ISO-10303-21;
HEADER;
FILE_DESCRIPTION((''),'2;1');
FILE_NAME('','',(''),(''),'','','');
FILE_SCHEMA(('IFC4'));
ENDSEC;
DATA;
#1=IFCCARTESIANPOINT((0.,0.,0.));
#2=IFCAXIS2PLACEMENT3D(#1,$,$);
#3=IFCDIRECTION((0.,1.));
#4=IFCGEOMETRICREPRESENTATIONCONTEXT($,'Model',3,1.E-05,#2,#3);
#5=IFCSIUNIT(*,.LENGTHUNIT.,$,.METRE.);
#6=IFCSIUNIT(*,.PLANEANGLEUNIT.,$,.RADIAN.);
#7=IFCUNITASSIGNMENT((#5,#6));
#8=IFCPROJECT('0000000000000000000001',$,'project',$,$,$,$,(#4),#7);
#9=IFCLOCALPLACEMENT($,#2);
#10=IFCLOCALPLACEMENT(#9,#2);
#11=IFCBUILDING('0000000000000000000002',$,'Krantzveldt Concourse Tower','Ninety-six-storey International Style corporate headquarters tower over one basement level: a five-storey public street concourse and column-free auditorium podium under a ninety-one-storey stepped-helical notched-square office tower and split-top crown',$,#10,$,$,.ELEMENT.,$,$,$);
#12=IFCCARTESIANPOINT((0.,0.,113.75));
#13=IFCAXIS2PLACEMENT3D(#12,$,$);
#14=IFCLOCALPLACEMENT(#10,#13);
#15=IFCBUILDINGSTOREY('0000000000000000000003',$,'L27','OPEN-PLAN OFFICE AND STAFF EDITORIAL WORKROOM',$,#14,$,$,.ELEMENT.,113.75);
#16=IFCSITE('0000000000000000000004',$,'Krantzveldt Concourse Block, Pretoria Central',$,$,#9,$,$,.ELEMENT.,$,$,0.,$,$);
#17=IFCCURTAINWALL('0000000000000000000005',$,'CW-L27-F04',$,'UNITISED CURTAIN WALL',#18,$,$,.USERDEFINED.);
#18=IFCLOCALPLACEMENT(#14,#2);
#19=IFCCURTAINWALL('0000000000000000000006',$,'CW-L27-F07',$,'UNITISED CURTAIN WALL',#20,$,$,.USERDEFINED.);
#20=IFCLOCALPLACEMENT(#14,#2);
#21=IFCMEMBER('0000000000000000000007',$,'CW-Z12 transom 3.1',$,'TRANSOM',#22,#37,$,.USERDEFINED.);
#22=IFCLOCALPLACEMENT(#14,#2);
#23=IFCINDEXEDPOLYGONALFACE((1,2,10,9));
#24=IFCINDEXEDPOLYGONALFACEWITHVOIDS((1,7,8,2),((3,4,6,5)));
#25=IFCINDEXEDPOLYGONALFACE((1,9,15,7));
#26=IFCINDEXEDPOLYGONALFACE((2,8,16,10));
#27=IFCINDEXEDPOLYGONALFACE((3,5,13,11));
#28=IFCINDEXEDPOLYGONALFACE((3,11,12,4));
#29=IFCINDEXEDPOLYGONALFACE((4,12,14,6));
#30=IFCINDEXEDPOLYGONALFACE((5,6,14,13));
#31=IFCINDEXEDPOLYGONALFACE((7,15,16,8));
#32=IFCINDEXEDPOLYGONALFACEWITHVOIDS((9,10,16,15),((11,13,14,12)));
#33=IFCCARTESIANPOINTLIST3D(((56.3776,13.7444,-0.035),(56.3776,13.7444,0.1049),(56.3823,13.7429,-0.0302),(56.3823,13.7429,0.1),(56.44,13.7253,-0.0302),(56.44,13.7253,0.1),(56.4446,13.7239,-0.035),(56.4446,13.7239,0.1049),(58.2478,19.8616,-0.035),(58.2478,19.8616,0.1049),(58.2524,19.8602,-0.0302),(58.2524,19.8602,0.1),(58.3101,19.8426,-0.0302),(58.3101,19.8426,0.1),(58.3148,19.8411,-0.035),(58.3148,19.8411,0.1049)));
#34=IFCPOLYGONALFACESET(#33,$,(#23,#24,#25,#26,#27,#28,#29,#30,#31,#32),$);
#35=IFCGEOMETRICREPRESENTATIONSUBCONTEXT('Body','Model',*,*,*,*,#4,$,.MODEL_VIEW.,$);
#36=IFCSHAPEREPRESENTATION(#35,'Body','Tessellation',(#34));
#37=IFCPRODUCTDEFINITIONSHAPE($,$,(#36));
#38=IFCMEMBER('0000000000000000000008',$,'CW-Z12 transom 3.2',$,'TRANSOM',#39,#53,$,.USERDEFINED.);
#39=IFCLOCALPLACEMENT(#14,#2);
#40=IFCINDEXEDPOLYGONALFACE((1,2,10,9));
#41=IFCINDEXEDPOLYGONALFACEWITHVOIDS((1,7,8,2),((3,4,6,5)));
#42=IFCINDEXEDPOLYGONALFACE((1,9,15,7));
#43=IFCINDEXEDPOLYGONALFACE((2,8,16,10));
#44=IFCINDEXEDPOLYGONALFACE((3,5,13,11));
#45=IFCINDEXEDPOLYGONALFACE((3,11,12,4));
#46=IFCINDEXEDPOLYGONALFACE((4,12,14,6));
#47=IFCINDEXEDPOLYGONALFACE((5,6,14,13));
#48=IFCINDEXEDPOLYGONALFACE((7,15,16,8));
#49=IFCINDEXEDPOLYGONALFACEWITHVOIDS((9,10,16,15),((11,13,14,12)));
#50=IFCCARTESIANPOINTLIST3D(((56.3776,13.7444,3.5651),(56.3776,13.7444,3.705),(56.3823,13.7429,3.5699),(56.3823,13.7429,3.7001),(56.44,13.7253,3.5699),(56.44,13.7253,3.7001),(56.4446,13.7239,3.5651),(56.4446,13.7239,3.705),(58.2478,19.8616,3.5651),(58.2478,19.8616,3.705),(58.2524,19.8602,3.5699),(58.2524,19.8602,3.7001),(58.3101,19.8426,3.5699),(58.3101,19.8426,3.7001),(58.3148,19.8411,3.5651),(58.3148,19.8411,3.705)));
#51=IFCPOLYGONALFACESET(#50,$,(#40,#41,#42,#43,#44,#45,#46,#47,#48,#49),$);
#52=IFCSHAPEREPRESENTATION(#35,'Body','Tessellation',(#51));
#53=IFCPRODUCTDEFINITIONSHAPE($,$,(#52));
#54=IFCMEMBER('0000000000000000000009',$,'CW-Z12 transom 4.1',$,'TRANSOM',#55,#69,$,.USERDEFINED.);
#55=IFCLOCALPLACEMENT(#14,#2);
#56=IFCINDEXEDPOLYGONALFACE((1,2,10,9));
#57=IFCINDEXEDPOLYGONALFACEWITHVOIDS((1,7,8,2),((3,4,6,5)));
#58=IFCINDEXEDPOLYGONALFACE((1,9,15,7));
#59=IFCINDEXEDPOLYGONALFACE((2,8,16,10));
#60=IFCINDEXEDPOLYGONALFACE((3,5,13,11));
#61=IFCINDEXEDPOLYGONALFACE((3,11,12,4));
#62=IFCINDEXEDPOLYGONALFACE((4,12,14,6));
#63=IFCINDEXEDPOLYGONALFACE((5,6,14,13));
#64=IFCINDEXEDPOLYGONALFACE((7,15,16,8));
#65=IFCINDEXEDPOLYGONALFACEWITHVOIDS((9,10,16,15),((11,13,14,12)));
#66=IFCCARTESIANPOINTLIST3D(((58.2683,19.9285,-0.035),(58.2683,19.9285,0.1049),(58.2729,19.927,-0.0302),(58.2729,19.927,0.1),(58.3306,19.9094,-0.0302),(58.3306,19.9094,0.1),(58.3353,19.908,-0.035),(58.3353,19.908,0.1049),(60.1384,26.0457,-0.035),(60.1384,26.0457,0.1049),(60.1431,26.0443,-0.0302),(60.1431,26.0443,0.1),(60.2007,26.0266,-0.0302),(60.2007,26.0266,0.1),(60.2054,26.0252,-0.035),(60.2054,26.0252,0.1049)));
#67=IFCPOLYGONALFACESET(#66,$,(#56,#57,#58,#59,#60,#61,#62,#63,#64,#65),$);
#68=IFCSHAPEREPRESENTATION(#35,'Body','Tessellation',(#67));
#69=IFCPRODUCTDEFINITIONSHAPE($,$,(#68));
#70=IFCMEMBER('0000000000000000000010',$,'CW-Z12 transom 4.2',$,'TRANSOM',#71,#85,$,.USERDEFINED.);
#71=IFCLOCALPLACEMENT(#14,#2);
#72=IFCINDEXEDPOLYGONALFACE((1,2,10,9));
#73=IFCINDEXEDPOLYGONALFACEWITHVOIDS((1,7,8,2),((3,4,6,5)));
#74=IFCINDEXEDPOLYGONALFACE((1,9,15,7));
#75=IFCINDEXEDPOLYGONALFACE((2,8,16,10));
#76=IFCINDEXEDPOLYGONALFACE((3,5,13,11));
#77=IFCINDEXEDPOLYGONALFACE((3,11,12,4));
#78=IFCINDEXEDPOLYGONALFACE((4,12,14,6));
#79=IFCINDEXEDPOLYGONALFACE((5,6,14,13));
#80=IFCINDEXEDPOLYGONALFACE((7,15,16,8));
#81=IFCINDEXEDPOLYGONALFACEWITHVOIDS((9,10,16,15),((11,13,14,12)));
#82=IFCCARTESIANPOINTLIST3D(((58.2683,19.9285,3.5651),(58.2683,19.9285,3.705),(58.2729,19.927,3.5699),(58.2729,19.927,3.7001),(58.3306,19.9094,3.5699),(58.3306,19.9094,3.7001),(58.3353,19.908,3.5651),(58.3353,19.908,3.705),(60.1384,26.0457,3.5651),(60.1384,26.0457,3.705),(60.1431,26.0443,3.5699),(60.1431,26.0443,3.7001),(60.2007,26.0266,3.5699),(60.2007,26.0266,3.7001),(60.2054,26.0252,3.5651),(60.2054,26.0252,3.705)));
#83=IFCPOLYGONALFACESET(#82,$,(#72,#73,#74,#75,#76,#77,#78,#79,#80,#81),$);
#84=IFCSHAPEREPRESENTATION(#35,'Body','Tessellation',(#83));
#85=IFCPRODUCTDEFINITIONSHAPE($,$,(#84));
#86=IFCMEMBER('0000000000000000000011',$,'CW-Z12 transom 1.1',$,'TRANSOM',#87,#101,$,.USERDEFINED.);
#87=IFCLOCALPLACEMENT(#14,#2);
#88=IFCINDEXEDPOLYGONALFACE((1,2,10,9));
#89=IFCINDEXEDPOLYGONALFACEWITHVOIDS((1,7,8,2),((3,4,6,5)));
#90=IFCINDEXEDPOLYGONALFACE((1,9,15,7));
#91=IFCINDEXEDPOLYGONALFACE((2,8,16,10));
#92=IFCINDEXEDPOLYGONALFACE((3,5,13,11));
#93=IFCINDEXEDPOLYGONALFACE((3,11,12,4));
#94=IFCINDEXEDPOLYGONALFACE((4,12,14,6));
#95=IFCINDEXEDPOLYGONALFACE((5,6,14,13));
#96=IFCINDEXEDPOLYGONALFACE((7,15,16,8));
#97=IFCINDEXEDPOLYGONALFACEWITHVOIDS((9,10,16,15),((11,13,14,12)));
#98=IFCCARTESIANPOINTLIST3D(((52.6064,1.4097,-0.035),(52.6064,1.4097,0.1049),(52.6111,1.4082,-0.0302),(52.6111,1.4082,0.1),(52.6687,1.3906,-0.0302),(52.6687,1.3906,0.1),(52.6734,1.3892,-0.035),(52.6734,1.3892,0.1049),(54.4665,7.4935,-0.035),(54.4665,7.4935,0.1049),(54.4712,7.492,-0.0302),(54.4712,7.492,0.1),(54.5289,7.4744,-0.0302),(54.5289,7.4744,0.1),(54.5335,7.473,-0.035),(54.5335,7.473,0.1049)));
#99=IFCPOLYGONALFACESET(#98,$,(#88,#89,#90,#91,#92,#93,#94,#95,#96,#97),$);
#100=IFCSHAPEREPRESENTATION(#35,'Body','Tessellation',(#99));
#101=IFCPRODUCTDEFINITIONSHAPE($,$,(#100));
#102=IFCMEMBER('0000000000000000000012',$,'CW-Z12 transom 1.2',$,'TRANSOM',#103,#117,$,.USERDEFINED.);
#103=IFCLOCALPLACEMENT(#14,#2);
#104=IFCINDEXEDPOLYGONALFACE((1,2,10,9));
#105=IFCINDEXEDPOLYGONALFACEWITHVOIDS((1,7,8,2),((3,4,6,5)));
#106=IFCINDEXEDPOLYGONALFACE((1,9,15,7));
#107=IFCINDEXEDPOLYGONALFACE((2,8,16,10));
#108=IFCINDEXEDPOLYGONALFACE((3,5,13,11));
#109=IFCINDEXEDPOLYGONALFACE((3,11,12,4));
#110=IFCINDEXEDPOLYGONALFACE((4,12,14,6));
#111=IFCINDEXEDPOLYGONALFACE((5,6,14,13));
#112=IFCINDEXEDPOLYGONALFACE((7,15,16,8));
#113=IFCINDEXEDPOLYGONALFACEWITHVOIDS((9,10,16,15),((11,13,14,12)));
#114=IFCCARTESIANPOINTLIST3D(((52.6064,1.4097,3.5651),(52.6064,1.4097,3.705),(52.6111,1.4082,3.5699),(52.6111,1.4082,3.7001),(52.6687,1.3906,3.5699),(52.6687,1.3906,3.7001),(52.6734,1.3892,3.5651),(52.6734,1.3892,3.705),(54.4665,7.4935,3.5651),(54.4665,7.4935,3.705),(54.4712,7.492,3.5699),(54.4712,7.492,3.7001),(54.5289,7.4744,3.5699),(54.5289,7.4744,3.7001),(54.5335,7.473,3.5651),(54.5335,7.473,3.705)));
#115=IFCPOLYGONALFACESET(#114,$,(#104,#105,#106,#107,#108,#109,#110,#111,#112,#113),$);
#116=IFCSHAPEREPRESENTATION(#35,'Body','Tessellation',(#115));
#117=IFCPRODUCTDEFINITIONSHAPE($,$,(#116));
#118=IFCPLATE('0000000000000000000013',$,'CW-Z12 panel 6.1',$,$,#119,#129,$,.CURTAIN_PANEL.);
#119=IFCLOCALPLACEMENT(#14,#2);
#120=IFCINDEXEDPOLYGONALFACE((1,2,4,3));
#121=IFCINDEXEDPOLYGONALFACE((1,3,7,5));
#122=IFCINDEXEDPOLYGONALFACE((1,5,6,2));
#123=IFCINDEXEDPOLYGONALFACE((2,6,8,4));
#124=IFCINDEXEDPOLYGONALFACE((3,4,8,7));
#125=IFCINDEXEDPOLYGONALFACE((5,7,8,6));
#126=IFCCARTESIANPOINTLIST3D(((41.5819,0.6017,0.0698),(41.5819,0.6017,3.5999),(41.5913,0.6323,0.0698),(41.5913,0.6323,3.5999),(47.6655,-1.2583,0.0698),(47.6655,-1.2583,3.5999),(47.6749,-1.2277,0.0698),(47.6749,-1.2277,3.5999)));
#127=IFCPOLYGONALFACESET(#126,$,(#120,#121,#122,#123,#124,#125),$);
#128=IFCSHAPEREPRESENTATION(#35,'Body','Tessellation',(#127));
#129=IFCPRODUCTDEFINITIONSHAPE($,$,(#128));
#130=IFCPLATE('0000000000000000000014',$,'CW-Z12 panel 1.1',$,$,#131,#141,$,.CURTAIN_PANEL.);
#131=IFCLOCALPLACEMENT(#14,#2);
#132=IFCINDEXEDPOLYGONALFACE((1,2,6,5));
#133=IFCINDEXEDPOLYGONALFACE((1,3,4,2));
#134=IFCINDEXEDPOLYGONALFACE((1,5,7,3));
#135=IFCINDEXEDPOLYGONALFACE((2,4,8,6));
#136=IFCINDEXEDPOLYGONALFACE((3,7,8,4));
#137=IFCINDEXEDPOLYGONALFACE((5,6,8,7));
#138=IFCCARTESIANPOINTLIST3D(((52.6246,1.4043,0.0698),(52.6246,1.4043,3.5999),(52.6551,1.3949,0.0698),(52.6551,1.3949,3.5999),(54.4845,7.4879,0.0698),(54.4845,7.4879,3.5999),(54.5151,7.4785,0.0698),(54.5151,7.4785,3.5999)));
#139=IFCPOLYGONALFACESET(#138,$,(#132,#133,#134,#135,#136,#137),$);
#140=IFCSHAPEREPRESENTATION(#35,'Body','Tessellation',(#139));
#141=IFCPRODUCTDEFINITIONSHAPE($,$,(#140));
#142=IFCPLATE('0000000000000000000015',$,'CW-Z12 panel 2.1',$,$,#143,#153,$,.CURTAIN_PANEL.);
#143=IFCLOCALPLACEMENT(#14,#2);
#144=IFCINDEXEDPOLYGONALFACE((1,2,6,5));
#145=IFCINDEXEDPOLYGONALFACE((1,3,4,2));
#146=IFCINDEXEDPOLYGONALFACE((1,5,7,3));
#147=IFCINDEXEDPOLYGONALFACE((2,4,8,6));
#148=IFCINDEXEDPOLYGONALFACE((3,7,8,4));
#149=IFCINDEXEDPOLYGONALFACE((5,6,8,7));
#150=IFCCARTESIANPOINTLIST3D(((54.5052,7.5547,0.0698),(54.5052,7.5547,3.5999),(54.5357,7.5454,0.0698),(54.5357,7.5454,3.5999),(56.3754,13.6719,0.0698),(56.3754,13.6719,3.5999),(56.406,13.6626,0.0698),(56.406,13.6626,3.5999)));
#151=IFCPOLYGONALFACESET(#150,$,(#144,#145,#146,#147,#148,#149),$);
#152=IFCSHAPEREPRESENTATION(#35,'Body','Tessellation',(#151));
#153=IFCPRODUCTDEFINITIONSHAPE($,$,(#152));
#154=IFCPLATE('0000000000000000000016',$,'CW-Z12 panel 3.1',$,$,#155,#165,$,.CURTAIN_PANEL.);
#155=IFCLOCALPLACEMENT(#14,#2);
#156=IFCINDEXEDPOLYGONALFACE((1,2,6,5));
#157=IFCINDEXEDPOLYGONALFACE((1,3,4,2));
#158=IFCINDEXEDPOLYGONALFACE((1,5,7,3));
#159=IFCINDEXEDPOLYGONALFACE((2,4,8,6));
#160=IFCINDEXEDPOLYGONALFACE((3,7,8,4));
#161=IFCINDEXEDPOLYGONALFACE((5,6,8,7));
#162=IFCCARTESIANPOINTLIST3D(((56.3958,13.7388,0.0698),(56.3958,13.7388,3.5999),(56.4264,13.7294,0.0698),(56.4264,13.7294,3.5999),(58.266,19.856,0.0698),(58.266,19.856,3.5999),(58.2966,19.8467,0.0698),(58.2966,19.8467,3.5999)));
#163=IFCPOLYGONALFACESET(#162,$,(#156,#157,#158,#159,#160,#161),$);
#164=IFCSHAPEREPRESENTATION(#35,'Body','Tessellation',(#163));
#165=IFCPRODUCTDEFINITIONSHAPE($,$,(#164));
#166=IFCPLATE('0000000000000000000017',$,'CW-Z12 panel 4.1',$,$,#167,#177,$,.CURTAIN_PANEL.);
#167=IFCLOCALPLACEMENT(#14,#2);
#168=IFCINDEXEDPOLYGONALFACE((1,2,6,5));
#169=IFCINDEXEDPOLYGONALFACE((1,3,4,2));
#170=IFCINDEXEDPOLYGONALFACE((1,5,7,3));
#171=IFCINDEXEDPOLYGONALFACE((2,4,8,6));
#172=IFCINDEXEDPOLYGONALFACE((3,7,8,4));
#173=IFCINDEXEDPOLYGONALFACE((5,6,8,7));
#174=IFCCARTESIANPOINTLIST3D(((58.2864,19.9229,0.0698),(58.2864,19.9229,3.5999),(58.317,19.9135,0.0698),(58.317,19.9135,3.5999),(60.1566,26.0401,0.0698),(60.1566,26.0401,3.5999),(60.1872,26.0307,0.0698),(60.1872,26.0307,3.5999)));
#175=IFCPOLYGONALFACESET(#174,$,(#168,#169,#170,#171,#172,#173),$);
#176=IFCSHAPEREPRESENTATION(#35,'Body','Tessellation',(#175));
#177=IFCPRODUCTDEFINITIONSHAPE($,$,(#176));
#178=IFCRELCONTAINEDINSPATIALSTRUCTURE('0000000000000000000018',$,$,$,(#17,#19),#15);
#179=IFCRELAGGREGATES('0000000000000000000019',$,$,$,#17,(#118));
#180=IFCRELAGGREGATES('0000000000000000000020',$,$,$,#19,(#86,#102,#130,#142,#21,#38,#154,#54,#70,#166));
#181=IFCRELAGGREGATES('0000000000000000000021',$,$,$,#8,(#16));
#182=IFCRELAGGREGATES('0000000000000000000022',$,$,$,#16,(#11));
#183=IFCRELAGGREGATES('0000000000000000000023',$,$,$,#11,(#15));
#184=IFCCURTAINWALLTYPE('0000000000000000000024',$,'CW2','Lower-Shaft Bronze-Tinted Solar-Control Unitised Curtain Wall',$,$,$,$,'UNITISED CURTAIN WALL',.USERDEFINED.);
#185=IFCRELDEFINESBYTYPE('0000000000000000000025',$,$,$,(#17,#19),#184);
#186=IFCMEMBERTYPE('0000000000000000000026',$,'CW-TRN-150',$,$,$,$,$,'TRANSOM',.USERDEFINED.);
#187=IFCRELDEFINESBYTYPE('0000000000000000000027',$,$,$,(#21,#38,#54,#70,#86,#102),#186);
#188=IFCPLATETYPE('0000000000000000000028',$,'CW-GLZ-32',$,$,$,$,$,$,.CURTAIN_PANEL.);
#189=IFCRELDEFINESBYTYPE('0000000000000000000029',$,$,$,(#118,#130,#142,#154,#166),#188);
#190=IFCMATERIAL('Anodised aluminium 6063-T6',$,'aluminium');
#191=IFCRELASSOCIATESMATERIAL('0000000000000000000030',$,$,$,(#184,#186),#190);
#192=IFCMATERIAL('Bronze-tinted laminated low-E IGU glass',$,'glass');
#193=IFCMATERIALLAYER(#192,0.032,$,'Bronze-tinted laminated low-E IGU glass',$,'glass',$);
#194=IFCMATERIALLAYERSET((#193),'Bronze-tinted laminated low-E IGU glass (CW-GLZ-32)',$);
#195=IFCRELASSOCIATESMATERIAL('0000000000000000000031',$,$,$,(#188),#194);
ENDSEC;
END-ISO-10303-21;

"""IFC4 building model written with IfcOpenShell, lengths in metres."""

from ifc_helpers import new_model, si_unit, direction, frame, origin, origin_2d, place, context, subcontext, project, spatial, rectangle, hollow_rectangle, extrude, source, transform, mapped, material, layer, layer_set, material_profile, profile_set, type_object, type_shapes, element, aggregate, save


model = new_model("IFC4")

# Units and contexts
model_context = context("Model", 3, precision=1e-05, world=origin(), true_north=direction((0.0, 1.0)))
body_context = subcontext(model_context, "Body", "Model", "MODEL_VIEW")
ifc_project = project(units=[si_unit("LENGTHUNIT", "METRE"), si_unit("PLANEANGLEUNIT", "RADIAN")], contexts=[model_context])

# Site, building, storey
site_placement = place(None, origin())
site = spatial("IfcSite", under=ifc_project, at=site_placement, Name="Krantzveldt Concourse Block, Pretoria Central", CompositionType="ELEMENT", RefElevation=0.0)
building_placement = place(site_placement, origin())
building = spatial("IfcBuilding", under=site, at=building_placement, Name="Krantzveldt Concourse Tower", Description="Ninety-six-storey International Style corporate headquarters tower over one basement level: a five-storey public street concourse and column-free auditorium podium under a ninety-one-storey stepped-helical notched-square office tower and split-top crown", CompositionType="ELEMENT")
storey_placement = place(building_placement, frame((0.0, 0.0, 113.75)))
storey = spatial("IfcBuildingStorey", under=building, at=storey_placement, Name="L27", Description="OPEN-PLAN OFFICE AND STAFF EDITORIAL WORKROOM", CompositionType="ELEMENT", Elevation=113.75)

# Curtain wall
ifc_material_1 = material(Name="Anodised aluminium 6063-T6", Category="aluminium")
curtain_wall_type = type_object("IfcCurtainWallType", Name="CW2", Description="Lower-Shaft Bronze-Tinted Solar-Control Unitised Curtain Wall", ElementType="UNITISED CURTAIN WALL", PredefinedType="USERDEFINED", material=ifc_material_1)
curtain_wall_1_placement = place(storey_placement, origin())
curtain_wall_1 = element("IfcCurtainWall", 1, at=curtain_wall_1_placement, inside=storey, type_object=curtain_wall_type, Name="CW-L27-F04", ObjectType="UNITISED CURTAIN WALL", PredefinedType="USERDEFINED")

# Curtain wall, members
curtain_wall_2_placement = place(storey_placement, origin())
curtain_wall_2 = element("IfcCurtainWall", 2, at=curtain_wall_2_placement, inside=storey, type_object=curtain_wall_type, Name="CW-L27-F07", ObjectType="UNITISED CURTAIN WALL", PredefinedType="USERDEFINED")
ifc_material_profile_1 = material_profile(ifc_material_1, hollow_rectangle(XDim=0.0701, YDim=0.1399, WallThickness=0.0049, at=origin_2d()), Name="Anodised aluminium 6063-T6", Category="aluminium")
ifc_profile_set_1 = profile_set([ifc_material_profile_1], Name="Anodised aluminium 6063-T6 - ALU-TRAN 140x70x5")
member_type_1 = type_object("IfcMemberType", Name="CW-TRN-150", ElementType="TRANSOM", PredefinedType="USERDEFINED", material=ifc_profile_set_1)
shared_shape_1 = source(origin(), body_context, "Body", "SweptSolid", [
    extrude(hollow_rectangle(XDim=0.0701, YDim=0.1399, WallThickness=0.0049, at=origin_2d()), origin(), (0.0, 0.0, 1.0), 6.3967),
])
member_1_placement = place(storey_placement, frame((56.4111, 13.7341, 0.0349), z_axis=(0.292358, 0.956309, 0.0), x_axis=(-0.956309, 0.292358, 0.0)))
member_1 = element("IfcMember", 3, at=member_1_placement, type_object=member_type_1, Name="CW-Z12 transom 3.1", ObjectType="TRANSOM", PredefinedType="USERDEFINED", context=body_context, shape_type="MappedRepresentation", body=[
    mapped(shared_shape_1, transform((0.0, 0.0, 0.0), x_axis=(1.0, 0.0, 0.0), y_axis=(0.0, 1.0, 0.0), z_axis=(0.0, 0.0, 1.0), scale=1.0)),
])
member_2_placement = place(storey_placement, frame((56.4111, 13.7341, 3.635), z_axis=(0.292358, 0.956309, 0.0), x_axis=(-0.956309, 0.292358, 0.0)))
member_2 = element("IfcMember", 4, at=member_2_placement, type_object=member_type_1, Name="CW-Z12 transom 3.2", ObjectType="TRANSOM", PredefinedType="USERDEFINED", context=body_context, shape_type="MappedRepresentation", body=[
    mapped(shared_shape_1, transform((0.0, 0.0, 0.0), x_axis=(1.0, 0.0, 0.0), y_axis=(0.0, 1.0, 0.0), z_axis=(0.0, 0.0, 1.0), scale=1.0)),
])
member_3_placement = place(storey_placement, frame((58.3018, 19.9182, 0.0349), z_axis=(0.292358, 0.956309, 0.0), x_axis=(-0.956309, 0.292358, 0.0)))
member_3 = element("IfcMember", 5, at=member_3_placement, type_object=member_type_1, Name="CW-Z12 transom 4.1", ObjectType="TRANSOM", PredefinedType="USERDEFINED", context=body_context, shape_type="MappedRepresentation", body=[
    mapped(shared_shape_1, transform((0.0, 0.0, 0.0), x_axis=(1.0, 0.0, 0.0), y_axis=(0.0, 1.0, 0.0), z_axis=(0.0, 0.0, 1.0), scale=1.0)),
])
member_4_placement = place(storey_placement, frame((58.3018, 19.9182, 3.635), z_axis=(0.292358, 0.956309, 0.0), x_axis=(-0.956309, 0.292358, 0.0)))
member_4 = element("IfcMember", 6, at=member_4_placement, type_object=member_type_1, Name="CW-Z12 transom 4.2", ObjectType="TRANSOM", PredefinedType="USERDEFINED", context=body_context, shape_type="MappedRepresentation", body=[
    mapped(shared_shape_1, transform((0.0, 0.0, 0.0), x_axis=(1.0, 0.0, 0.0), y_axis=(0.0, 1.0, 0.0), z_axis=(0.0, 0.0, 1.0), scale=1.0)),
])
shared_shape_2 = source(origin(), body_context, "Body", "SweptSolid", [
    extrude(hollow_rectangle(XDim=0.0701, YDim=0.1399, WallThickness=0.0049, at=origin_2d()), origin(), (0.0, 0.0, 1.0), 6.3618),
])
type_shapes(member_type_1, [shared_shape_1, shared_shape_2])
member_5_placement = place(storey_placement, frame((52.6399, 1.3994, 0.0349), z_axis=(0.292389, 0.956299, 0.0), x_axis=(-0.956299, 0.292389, 0.0)))
member_5 = element("IfcMember", 7, at=member_5_placement, type_object=member_type_1, Name="CW-Z12 transom 1.1", ObjectType="TRANSOM", PredefinedType="USERDEFINED", context=body_context, shape_type="MappedRepresentation", body=[
    mapped(shared_shape_2, transform((0.0, 0.0, 0.0), x_axis=(1.0, 0.0, 0.0), y_axis=(0.0, 1.0, 0.0), z_axis=(0.0, 0.0, 1.0), scale=1.0)),
])
member_6_placement = place(storey_placement, frame((52.6399, 1.3994, 3.635), z_axis=(0.292389, 0.956299, 0.0), x_axis=(-0.956299, 0.292389, 0.0)))
member_6 = element("IfcMember", 8, at=member_6_placement, type_object=member_type_1, Name="CW-Z12 transom 1.2", ObjectType="TRANSOM", PredefinedType="USERDEFINED", context=body_context, shape_type="MappedRepresentation", body=[
    mapped(shared_shape_2, transform((0.0, 0.0, 0.0), x_axis=(1.0, 0.0, 0.0), y_axis=(0.0, 1.0, 0.0), z_axis=(0.0, 0.0, 1.0), scale=1.0)),
])

# Plates
ifc_material_2 = material(Name="Bronze-tinted laminated low-E IGU glass", Category="glass")
ifc_layer_1 = layer(ifc_material_2, 0.032, Name="Bronze-tinted laminated low-E IGU glass", Category="glass")
ifc_layer_set_1 = layer_set([ifc_layer_1], Name="Bronze-tinted laminated low-E IGU glass (CW-GLZ-32)")
plate_type = type_object("IfcPlateType", Name="CW-GLZ-32", PredefinedType="CURTAIN_PANEL", material=ifc_layer_set_1)
shared_shape_3 = source(origin(), body_context, "Body", "SweptSolid", [
    extrude(rectangle(XDim=6.3616, YDim=0.032, at=origin_2d()), origin(), (0.0, 0.0, 1.0), 3.53),
])
plate_1_placement = place(storey_placement, frame((44.6284, -0.313, 0.0698), z_axis=(0.0, 0.0, 1.0), x_axis=(0.956305, -0.292372, 0.0)))
plate_1 = element("IfcPlate", 9, at=plate_1_placement, type_object=plate_type, Name="CW-Z12 panel 6.1", PredefinedType="CURTAIN_PANEL", context=body_context, shape_type="MappedRepresentation", body=[
    mapped(shared_shape_3, transform((0.0, 0.0, 0.0), x_axis=(1.0, 0.0, 0.0), y_axis=(0.0, 1.0, 0.0), z_axis=(0.0, 0.0, 1.0), scale=1.0)),
])
aggregate(curtain_wall_1, [plate_1])
plate_2_placement = place(storey_placement, frame((53.5698, 4.4414, 0.0698), z_axis=(0.0, 0.0, 1.0), x_axis=(0.292372, 0.956305, 0.0)))
plate_2 = element("IfcPlate", 10, at=plate_2_placement, type_object=plate_type, Name="CW-Z12 panel 1.1", PredefinedType="CURTAIN_PANEL", context=body_context, shape_type="MappedRepresentation", body=[
    mapped(shared_shape_3, transform((0.0, 0.0, 0.0), x_axis=(1.0, 0.0, 0.0), y_axis=(0.0, 1.0, 0.0), z_axis=(0.0, 0.0, 1.0), scale=1.0)),
])
shared_shape_4 = source(origin(), body_context, "Body", "SweptSolid", [
    extrude(rectangle(XDim=6.3967, YDim=0.032, at=origin_2d()), origin(), (0.0, 0.0, 1.0), 3.53),
])
type_shapes(plate_type, [shared_shape_3, shared_shape_4])
plate_3_placement = place(storey_placement, frame((55.4556, 10.6086, 0.0698), z_axis=(0.0, 0.0, 1.0), x_axis=(0.292372, 0.956305, 0.0)))
plate_3 = element("IfcPlate", 11, at=plate_3_placement, type_object=plate_type, Name="CW-Z12 panel 2.1", PredefinedType="CURTAIN_PANEL", context=body_context, shape_type="MappedRepresentation", body=[
    mapped(shared_shape_4, transform((0.0, 0.0, 0.0), x_axis=(1.0, 0.0, 0.0), y_axis=(0.0, 1.0, 0.0), z_axis=(0.0, 0.0, 1.0), scale=1.0)),
])
plate_4_placement = place(storey_placement, frame((57.3462, 16.7927, 0.0698), z_axis=(0.0, 0.0, 1.0), x_axis=(0.292372, 0.956305, 0.0)))
plate_4 = element("IfcPlate", 12, at=plate_4_placement, type_object=plate_type, Name="CW-Z12 panel 3.1", PredefinedType="CURTAIN_PANEL", context=body_context, shape_type="MappedRepresentation", body=[
    mapped(shared_shape_4, transform((0.0, 0.0, 0.0), x_axis=(1.0, 0.0, 0.0), y_axis=(0.0, 1.0, 0.0), z_axis=(0.0, 0.0, 1.0), scale=1.0)),
])
plate_5_placement = place(storey_placement, frame((59.2368, 22.9768, 0.0698), z_axis=(0.0, 0.0, 1.0), x_axis=(0.292372, 0.956305, 0.0)))
plate_5 = element("IfcPlate", 13, at=plate_5_placement, type_object=plate_type, Name="CW-Z12 panel 4.1", PredefinedType="CURTAIN_PANEL", context=body_context, shape_type="MappedRepresentation", body=[
    mapped(shared_shape_4, transform((0.0, 0.0, 0.0), x_axis=(1.0, 0.0, 0.0), y_axis=(0.0, 1.0, 0.0), z_axis=(0.0, 0.0, 1.0), scale=1.0)),
])
aggregate(curtain_wall_2, [member_5, member_6, plate_2, plate_3, member_1, member_2, plate_4, member_3, member_4, plate_5])

save(model, "model.ifc")
